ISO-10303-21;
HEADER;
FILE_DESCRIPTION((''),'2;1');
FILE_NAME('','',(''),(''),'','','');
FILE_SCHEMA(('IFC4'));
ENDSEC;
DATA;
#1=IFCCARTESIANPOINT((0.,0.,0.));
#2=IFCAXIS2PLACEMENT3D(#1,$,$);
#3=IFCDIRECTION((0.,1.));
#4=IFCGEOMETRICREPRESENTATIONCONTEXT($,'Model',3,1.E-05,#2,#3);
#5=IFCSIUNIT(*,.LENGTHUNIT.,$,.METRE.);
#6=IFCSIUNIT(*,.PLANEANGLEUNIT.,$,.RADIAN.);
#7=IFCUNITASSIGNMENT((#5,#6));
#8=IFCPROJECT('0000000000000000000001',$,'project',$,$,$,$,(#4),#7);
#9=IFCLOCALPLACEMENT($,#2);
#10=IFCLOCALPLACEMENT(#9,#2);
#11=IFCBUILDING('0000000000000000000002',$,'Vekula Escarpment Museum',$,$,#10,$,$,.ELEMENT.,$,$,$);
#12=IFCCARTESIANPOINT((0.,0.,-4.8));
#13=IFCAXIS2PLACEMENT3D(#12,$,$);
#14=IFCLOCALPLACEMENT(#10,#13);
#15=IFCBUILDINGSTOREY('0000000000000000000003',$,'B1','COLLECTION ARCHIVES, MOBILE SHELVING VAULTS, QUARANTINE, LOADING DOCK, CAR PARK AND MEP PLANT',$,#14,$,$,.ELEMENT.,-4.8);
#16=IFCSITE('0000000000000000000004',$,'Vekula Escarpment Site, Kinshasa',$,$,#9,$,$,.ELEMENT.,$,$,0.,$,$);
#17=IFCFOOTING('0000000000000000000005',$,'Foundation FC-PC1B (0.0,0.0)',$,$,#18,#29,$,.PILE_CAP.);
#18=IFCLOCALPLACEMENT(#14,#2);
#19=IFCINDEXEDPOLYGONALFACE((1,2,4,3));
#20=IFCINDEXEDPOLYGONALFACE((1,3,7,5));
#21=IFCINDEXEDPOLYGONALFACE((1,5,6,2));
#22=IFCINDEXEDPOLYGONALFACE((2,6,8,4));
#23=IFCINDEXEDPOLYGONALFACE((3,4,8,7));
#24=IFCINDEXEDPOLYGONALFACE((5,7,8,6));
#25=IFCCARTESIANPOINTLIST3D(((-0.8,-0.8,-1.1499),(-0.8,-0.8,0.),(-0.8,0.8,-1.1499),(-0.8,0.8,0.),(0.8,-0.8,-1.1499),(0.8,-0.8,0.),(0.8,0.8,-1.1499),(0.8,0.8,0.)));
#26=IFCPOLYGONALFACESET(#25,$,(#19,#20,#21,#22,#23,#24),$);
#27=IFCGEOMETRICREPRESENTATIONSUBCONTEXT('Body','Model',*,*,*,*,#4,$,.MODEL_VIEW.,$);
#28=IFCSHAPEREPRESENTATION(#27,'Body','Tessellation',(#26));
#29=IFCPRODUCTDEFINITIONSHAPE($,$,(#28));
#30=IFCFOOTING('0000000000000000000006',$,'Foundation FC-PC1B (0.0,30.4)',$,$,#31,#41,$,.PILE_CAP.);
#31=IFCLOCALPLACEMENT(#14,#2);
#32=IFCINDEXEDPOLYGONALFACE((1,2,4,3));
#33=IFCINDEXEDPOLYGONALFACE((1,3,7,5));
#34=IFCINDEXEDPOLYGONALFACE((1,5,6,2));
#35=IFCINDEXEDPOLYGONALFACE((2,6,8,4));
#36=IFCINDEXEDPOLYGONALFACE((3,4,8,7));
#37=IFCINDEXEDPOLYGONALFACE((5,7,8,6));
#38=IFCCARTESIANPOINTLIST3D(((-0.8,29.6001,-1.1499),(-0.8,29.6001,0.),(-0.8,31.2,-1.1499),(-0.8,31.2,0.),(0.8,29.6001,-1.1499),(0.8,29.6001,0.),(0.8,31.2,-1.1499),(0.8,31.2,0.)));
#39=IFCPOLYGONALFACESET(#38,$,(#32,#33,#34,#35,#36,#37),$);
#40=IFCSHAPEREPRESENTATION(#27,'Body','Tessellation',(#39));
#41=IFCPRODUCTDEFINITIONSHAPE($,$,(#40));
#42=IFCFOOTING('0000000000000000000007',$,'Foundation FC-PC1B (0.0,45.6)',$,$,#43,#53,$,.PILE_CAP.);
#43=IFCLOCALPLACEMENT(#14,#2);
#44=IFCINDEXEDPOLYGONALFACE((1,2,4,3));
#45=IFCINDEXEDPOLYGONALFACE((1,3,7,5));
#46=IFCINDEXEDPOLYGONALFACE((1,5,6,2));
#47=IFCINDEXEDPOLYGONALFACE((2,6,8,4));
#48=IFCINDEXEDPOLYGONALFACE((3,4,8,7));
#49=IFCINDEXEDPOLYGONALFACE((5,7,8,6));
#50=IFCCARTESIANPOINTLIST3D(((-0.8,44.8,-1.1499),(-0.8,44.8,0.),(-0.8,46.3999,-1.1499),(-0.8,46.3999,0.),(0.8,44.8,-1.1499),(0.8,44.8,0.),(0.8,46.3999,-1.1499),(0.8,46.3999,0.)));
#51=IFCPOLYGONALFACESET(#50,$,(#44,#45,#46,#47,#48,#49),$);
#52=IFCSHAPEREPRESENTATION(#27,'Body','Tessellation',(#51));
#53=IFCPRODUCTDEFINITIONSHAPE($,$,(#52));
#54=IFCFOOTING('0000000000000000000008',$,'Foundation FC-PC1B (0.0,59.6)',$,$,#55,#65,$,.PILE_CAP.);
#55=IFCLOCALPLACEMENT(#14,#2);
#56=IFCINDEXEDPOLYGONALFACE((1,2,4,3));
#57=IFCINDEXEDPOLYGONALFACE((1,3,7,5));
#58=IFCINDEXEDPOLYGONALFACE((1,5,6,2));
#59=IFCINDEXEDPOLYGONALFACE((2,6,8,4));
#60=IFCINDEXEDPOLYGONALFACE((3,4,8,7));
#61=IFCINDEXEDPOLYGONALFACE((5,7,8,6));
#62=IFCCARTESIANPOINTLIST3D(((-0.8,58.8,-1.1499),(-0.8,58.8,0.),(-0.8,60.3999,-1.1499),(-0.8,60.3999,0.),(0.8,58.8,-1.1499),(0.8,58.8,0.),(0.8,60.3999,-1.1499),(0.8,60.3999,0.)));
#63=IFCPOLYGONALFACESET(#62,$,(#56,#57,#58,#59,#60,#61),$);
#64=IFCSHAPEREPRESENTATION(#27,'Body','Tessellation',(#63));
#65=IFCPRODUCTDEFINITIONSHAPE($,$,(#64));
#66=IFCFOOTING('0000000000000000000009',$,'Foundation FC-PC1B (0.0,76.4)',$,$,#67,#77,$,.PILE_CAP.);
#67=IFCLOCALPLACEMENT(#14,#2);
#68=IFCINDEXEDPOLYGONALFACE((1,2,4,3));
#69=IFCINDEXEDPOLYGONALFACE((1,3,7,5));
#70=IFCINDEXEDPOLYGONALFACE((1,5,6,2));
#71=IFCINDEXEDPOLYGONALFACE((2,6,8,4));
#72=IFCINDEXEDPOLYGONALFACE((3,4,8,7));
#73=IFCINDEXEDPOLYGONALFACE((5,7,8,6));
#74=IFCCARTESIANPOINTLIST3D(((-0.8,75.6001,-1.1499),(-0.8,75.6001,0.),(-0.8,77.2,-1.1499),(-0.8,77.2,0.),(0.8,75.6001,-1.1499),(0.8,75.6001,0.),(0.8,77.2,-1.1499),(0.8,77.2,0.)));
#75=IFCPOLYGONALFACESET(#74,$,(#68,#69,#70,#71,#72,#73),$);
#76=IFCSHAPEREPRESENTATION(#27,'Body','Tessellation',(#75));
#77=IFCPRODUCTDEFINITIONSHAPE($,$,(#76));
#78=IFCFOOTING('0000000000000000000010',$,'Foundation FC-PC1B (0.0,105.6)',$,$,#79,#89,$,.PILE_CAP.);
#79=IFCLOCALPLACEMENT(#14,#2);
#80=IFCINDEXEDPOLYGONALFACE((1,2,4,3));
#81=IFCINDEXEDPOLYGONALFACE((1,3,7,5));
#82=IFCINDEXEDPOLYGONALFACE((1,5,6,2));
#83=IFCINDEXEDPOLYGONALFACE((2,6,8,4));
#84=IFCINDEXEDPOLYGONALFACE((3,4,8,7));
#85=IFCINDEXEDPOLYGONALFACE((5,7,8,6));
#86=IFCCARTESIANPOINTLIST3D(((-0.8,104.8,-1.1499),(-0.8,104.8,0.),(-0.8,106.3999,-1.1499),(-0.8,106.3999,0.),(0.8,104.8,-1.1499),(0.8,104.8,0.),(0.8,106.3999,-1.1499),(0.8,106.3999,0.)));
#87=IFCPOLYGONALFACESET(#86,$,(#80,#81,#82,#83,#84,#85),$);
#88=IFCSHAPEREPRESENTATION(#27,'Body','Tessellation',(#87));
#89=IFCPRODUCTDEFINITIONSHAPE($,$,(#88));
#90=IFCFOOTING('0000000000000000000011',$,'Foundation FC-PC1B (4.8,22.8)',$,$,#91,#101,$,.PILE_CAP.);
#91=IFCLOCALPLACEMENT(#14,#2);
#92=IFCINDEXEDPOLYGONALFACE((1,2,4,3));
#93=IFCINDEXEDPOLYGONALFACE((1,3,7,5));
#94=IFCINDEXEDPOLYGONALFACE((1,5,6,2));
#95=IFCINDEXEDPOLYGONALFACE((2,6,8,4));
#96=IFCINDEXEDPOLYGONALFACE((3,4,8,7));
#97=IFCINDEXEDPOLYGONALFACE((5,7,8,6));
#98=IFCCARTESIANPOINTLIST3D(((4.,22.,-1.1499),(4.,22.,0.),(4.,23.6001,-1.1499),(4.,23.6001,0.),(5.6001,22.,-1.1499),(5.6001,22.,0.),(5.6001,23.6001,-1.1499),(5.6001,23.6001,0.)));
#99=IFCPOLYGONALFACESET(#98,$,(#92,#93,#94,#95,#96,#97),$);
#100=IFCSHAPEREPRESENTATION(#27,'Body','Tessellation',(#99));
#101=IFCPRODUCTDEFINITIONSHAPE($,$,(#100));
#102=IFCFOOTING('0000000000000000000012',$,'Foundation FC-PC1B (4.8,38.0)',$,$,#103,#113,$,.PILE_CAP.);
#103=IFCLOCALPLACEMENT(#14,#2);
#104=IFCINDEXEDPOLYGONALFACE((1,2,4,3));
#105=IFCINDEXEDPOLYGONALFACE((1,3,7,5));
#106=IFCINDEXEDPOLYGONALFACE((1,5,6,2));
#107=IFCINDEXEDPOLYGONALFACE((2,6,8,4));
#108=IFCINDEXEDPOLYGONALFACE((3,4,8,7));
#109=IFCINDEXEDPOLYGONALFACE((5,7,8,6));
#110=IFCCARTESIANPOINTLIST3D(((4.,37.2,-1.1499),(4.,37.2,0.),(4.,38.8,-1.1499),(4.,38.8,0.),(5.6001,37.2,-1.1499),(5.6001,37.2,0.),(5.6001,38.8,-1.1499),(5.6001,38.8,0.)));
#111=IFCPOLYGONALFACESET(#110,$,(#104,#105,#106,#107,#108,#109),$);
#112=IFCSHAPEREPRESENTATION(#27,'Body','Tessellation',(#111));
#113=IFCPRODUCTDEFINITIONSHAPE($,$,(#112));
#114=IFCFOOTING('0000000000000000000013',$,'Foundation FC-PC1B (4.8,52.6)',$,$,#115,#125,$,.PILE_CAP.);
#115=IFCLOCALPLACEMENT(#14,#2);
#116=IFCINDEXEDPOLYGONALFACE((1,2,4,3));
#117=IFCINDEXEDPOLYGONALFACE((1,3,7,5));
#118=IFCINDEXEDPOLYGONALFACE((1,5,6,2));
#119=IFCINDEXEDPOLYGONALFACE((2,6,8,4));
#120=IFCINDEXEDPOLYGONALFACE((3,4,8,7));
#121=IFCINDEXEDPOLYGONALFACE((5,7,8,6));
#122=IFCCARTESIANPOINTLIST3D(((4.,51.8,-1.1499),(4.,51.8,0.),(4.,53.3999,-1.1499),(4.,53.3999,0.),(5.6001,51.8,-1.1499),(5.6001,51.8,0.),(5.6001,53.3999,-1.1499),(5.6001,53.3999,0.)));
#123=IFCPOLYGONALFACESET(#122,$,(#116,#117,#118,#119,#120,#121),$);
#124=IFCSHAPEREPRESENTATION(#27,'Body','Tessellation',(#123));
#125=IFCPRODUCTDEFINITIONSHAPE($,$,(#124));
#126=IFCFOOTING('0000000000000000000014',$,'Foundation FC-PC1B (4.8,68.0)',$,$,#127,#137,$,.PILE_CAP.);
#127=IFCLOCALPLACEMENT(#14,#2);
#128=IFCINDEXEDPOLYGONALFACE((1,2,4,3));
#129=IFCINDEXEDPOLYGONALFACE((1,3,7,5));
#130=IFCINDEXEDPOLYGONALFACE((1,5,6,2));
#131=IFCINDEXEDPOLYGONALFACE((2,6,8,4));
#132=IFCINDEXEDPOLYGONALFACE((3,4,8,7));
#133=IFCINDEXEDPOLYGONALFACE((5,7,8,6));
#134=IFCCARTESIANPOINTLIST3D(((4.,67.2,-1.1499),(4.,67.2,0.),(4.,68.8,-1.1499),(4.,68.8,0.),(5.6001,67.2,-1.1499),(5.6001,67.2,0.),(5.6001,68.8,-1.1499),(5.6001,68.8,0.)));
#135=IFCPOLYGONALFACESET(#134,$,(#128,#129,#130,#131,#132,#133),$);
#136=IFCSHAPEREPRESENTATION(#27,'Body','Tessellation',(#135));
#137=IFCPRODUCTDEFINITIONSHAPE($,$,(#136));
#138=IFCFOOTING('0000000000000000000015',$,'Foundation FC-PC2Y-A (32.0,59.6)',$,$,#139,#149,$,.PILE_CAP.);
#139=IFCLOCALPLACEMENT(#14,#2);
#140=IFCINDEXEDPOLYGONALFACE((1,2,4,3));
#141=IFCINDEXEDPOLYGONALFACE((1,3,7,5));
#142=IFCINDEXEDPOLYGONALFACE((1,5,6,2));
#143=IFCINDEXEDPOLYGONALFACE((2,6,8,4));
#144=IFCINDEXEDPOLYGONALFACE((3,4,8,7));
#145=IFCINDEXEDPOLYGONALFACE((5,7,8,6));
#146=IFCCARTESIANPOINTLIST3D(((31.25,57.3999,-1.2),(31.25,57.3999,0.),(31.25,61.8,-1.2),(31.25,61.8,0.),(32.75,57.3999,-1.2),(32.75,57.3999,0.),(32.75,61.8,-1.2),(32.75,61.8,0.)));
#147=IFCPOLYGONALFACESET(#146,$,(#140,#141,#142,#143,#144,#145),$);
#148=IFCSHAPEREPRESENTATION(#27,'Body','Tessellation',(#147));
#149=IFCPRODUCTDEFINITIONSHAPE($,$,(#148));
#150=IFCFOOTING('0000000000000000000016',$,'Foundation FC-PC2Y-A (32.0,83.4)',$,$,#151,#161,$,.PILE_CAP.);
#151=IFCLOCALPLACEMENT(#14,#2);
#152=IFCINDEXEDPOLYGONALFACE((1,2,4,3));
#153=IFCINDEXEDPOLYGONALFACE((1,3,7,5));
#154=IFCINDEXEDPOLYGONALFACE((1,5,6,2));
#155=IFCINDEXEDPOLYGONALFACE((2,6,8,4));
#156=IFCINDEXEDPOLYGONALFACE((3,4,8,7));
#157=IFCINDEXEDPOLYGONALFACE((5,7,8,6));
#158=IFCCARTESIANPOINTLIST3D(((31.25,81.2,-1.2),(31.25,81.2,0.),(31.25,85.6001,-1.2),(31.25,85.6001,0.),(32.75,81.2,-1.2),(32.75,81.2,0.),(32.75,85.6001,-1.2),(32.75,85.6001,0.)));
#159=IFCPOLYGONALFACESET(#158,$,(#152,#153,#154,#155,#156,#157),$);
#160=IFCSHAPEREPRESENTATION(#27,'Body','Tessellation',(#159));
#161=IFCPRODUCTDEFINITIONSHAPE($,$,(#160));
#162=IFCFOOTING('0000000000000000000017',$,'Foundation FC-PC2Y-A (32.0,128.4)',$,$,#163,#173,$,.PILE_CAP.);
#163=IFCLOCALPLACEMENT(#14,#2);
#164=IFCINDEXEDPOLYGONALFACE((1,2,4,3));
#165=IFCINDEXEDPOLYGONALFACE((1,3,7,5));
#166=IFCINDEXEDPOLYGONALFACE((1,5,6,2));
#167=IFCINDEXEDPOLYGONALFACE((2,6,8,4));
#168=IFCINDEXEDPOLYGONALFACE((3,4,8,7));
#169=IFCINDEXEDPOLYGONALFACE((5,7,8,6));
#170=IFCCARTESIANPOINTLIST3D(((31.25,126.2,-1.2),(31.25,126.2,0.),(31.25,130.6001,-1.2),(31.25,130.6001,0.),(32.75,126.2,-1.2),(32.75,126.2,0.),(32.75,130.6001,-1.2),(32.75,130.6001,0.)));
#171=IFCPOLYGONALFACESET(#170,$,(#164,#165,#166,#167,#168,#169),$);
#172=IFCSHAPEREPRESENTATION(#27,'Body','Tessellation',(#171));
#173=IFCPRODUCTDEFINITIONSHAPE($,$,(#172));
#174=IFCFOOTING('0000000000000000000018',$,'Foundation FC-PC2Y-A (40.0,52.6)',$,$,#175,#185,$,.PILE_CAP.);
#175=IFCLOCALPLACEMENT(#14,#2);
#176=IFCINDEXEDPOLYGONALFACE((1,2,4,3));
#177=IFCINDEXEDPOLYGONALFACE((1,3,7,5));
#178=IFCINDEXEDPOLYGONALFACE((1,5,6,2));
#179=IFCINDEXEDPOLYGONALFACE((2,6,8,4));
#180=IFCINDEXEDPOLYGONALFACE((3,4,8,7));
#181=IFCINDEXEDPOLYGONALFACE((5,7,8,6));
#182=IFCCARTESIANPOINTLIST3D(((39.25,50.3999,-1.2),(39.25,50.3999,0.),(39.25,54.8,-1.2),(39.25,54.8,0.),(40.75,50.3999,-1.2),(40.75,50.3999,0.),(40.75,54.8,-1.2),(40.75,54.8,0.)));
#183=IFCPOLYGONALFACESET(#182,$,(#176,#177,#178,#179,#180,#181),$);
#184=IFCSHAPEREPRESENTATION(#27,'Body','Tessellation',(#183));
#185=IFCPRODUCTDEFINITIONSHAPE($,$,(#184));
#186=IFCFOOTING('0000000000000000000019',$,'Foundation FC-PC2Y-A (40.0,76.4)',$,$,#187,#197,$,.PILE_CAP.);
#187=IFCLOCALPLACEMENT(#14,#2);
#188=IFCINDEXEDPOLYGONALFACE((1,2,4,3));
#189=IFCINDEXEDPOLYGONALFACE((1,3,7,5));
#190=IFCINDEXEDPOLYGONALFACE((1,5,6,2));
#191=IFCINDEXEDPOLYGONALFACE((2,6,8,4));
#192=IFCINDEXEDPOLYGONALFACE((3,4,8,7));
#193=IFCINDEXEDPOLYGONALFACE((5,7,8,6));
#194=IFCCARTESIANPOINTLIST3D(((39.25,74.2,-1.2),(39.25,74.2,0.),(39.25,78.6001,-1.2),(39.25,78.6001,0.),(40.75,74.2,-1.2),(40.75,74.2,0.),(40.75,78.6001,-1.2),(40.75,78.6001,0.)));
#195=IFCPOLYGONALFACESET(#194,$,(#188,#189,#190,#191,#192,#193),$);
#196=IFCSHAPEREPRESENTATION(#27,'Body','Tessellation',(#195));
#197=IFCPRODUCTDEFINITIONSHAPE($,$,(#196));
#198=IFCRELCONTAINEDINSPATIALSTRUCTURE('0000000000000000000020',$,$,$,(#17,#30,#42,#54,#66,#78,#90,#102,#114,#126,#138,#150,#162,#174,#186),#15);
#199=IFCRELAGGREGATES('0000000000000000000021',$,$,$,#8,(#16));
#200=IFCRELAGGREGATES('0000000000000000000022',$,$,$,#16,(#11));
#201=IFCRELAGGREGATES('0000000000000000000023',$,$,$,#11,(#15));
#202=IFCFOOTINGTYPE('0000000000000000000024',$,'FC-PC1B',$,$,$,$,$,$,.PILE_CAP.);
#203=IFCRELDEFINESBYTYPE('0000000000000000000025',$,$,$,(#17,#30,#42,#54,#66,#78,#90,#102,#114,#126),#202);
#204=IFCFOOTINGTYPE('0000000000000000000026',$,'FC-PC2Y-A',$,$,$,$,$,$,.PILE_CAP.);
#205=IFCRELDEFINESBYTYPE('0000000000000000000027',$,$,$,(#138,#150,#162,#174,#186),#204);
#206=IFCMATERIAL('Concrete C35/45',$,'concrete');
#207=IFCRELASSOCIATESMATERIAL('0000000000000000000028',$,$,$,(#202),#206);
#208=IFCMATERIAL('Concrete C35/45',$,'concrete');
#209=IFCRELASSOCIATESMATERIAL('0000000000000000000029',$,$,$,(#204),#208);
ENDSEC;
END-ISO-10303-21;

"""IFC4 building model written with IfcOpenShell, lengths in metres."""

from ifc_helpers import new_model, si_unit, direction, frame, origin, place, context, subcontext, project, spatial, polyline, outline, extrude, material, type_object, element, save


model = new_model("IFC4")

# Units and contexts
model_context = context("Model", 3, precision=1e-05, world=origin(), true_north=direction((0.0, 1.0)))
body_context = subcontext(model_context, "Body", "Model", "MODEL_VIEW")
ifc_project = project(units=[si_unit("LENGTHUNIT", "METRE"), si_unit("PLANEANGLEUNIT", "RADIAN")], contexts=[model_context])

# Site, building, storey
site_placement = place(None, origin())
site = spatial("IfcSite", under=ifc_project, at=site_placement, Name="Vekula Escarpment Site, Kinshasa", CompositionType="ELEMENT", RefElevation=0.0)
building_placement = place(site_placement, origin())
building = spatial("IfcBuilding", under=site, at=building_placement, Name="Vekula Escarpment Museum", CompositionType="ELEMENT")
storey_placement = place(building_placement, frame((0.0, 0.0, -4.8)))
storey = spatial("IfcBuildingStorey", under=building, at=storey_placement, Name="B1", Description="COLLECTION ARCHIVES, MOBILE SHELVING VAULTS, QUARANTINE, LOADING DOCK, CAR PARK AND MEP PLANT", CompositionType="ELEMENT", Elevation=-4.8)

# Footings
ifc_material_1 = material(Name="Concrete C35/45", Category="concrete")
footing_type_1 = type_object("IfcFootingType", Name="FC-PC1B", PredefinedType="PILE_CAP", material=ifc_material_1)
footing_1_placement = place(storey_placement, frame((0.0, 0.0, -1.1499)))
element("IfcFooting", 1, at=footing_1_placement, inside=storey, type_object=footing_type_1, Name="Foundation FC-PC1B (0.0,0.0)", PredefinedType="PILE_CAP", context=body_context, shape_type="SweptSolid", body=[
    extrude(outline(polyline([(-0.8, -0.8), (0.8, -0.8), (0.8, 0.8), (-0.8, 0.8), (-0.8, -0.8)])), origin(), (0.0, 0.0, 1.0), 1.1499),
])
footing_2_placement = place(storey_placement, frame((0.0, 0.0, -1.1499)))
element("IfcFooting", 2, at=footing_2_placement, inside=storey, type_object=footing_type_1, Name="Foundation FC-PC1B (0.0,30.4)", PredefinedType="PILE_CAP", context=body_context, shape_type="SweptSolid", body=[
    extrude(outline(polyline([(-0.8, 29.6001), (0.8, 29.6001), (0.8, 31.2), (-0.8, 31.2), (-0.8, 29.6001)])), origin(), (0.0, 0.0, 1.0), 1.1499),
])
footing_3_placement = place(storey_placement, frame((0.0, 0.0, -1.1499)))
element("IfcFooting", 3, at=footing_3_placement, inside=storey, type_object=footing_type_1, Name="Foundation FC-PC1B (0.0,45.6)", PredefinedType="PILE_CAP", context=body_context, shape_type="SweptSolid", body=[
    extrude(outline(polyline([(-0.8, 44.8), (0.8, 44.8), (0.8, 46.3999), (-0.8, 46.3999), (-0.8, 44.8)])), origin(), (0.0, 0.0, 1.0), 1.1499),
])
footing_4_placement = place(storey_placement, frame((0.0, 0.0, -1.1499)))
element("IfcFooting", 4, at=footing_4_placement, inside=storey, type_object=footing_type_1, Name="Foundation FC-PC1B (0.0,59.6)", PredefinedType="PILE_CAP", context=body_context, shape_type="SweptSolid", body=[
    extrude(outline(polyline([(-0.8, 58.8), (0.8, 58.8), (0.8, 60.3999), (-0.8, 60.3999), (-0.8, 58.8)])), origin(), (0.0, 0.0, 1.0), 1.1499),
])
footing_5_placement = place(storey_placement, frame((0.0, 0.0, -1.1499)))
element("IfcFooting", 5, at=footing_5_placement, inside=storey, type_object=footing_type_1, Name="Foundation FC-PC1B (0.0,76.4)", PredefinedType="PILE_CAP", context=body_context, shape_type="SweptSolid", body=[
    extrude(outline(polyline([(-0.8, 75.6001), (0.8, 75.6001), (0.8, 77.2), (-0.8, 77.2), (-0.8, 75.6001)])), origin(), (0.0, 0.0, 1.0), 1.1499),
])
footing_6_placement = place(storey_placement, frame((0.0, 0.0, -1.1499)))
element("IfcFooting", 6, at=footing_6_placement, inside=storey, type_object=footing_type_1, Name="Foundation FC-PC1B (0.0,105.6)", PredefinedType="PILE_CAP", context=body_context, shape_type="SweptSolid", body=[
    extrude(outline(polyline([(-0.8, 104.8), (0.8, 104.8), (0.8, 106.3999), (-0.8, 106.3999), (-0.8, 104.8)])), origin(), (0.0, 0.0, 1.0), 1.1499),
])
footing_7_placement = place(storey_placement, frame((0.0, 0.0, -1.1499)))
element("IfcFooting", 7, at=footing_7_placement, inside=storey, type_object=footing_type_1, Name="Foundation FC-PC1B (4.8,22.8)", PredefinedType="PILE_CAP", context=body_context, shape_type="SweptSolid", body=[
    extrude(outline(polyline([(4.0, 22.0), (5.6001, 22.0), (5.6001, 23.6001), (4.0, 23.6001), (4.0, 22.0)])), origin(), (0.0, 0.0, 1.0), 1.1499),
])
footing_8_placement = place(storey_placement, frame((0.0, 0.0, -1.1499)))
element("IfcFooting", 8, at=footing_8_placement, inside=storey, type_object=footing_type_1, Name="Foundation FC-PC1B (4.8,38.0)", PredefinedType="PILE_CAP", context=body_context, shape_type="SweptSolid", body=[
    extrude(outline(polyline([(4.0, 37.2), (5.6001, 37.2), (5.6001, 38.8), (4.0, 38.8), (4.0, 37.2)])), origin(), (0.0, 0.0, 1.0), 1.1499),
])
footing_9_placement = place(storey_placement, frame((0.0, 0.0, -1.1499)))
element("IfcFooting", 9, at=footing_9_placement, inside=storey, type_object=footing_type_1, Name="Foundation FC-PC1B (4.8,52.6)", PredefinedType="PILE_CAP", context=body_context, shape_type="SweptSolid", body=[
    extrude(outline(polyline([(4.0, 51.8), (5.6001, 51.8), (5.6001, 53.3999), (4.0, 53.3999), (4.0, 51.8)])), origin(), (0.0, 0.0, 1.0), 1.1499),
])
footing_10_placement = place(storey_placement, frame((0.0, 0.0, -1.1499)))
element("IfcFooting", 10, at=footing_10_placement, inside=storey, type_object=footing_type_1, Name="Foundation FC-PC1B (4.8,68.0)", PredefinedType="PILE_CAP", context=body_context, shape_type="SweptSolid", body=[
    extrude(outline(polyline([(4.0, 67.2), (5.6001, 67.2), (5.6001, 68.8), (4.0, 68.8), (4.0, 67.2)])), origin(), (0.0, 0.0, 1.0), 1.1499),
])
ifc_material_2 = material(Name="Concrete C35/45", Category="concrete")
footing_type_2 = type_object("IfcFootingType", Name="FC-PC2Y-A", PredefinedType="PILE_CAP", material=ifc_material_2)
footing_11_placement = place(storey_placement, frame((0.0, 0.0, -1.2)))
element("IfcFooting", 11, at=footing_11_placement, inside=storey, type_object=footing_type_2, Name="Foundation FC-PC2Y-A (32.0,59.6)", PredefinedType="PILE_CAP", context=body_context, shape_type="SweptSolid", body=[
    extrude(outline(polyline([(31.25, 57.3999), (32.75, 57.3999), (32.75, 61.8), (31.25, 61.8), (31.25, 57.3999)])), origin(), (0.0, 0.0, 1.0), 1.2),
])
footing_12_placement = place(storey_placement, frame((0.0, 0.0, -1.2)))
element("IfcFooting", 12, at=footing_12_placement, inside=storey, type_object=footing_type_2, Name="Foundation FC-PC2Y-A (32.0,83.4)", PredefinedType="PILE_CAP", context=body_context, shape_type="SweptSolid", body=[
    extrude(outline(polyline([(31.25, 81.2), (32.75, 81.2), (32.75, 85.6001), (31.25, 85.6001), (31.25, 81.2)])), origin(), (0.0, 0.0, 1.0), 1.2),
])
footing_13_placement = place(storey_placement, frame((0.0, 0.0, -1.2)))
element("IfcFooting", 13, at=footing_13_placement, inside=storey, type_object=footing_type_2, Name="Foundation FC-PC2Y-A (32.0,128.4)", PredefinedType="PILE_CAP", context=body_context, shape_type="SweptSolid", body=[
    extrude(outline(polyline([(31.25, 126.2), (32.75, 126.2), (32.75, 130.6001), (31.25, 130.6001), (31.25, 126.2)])), origin(), (0.0, 0.0, 1.0), 1.2),
])
footing_14_placement = place(storey_placement, frame((0.0, 0.0, -1.2)))
element("IfcFooting", 14, at=footing_14_placement, inside=storey, type_object=footing_type_2, Name="Foundation FC-PC2Y-A (40.0,52.6)", PredefinedType="PILE_CAP", context=body_context, shape_type="SweptSolid", body=[
    extrude(outline(polyline([(39.25, 50.3999), (40.75, 50.3999), (40.75, 54.8), (39.25, 54.8), (39.25, 50.3999)])), origin(), (0.0, 0.0, 1.0), 1.2),
])
footing_15_placement = place(storey_placement, frame((0.0, 0.0, -1.2)))
element("IfcFooting", 15, at=footing_15_placement, inside=storey, type_object=footing_type_2, Name="Foundation FC-PC2Y-A (40.0,76.4)", PredefinedType="PILE_CAP", context=body_context, shape_type="SweptSolid", body=[
    extrude(outline(polyline([(39.25, 74.2), (40.75, 74.2), (40.75, 78.6001), (39.25, 78.6001), (39.25, 74.2)])), origin(), (0.0, 0.0, 1.0), 1.2),
])

save(model, "model.ifc")
